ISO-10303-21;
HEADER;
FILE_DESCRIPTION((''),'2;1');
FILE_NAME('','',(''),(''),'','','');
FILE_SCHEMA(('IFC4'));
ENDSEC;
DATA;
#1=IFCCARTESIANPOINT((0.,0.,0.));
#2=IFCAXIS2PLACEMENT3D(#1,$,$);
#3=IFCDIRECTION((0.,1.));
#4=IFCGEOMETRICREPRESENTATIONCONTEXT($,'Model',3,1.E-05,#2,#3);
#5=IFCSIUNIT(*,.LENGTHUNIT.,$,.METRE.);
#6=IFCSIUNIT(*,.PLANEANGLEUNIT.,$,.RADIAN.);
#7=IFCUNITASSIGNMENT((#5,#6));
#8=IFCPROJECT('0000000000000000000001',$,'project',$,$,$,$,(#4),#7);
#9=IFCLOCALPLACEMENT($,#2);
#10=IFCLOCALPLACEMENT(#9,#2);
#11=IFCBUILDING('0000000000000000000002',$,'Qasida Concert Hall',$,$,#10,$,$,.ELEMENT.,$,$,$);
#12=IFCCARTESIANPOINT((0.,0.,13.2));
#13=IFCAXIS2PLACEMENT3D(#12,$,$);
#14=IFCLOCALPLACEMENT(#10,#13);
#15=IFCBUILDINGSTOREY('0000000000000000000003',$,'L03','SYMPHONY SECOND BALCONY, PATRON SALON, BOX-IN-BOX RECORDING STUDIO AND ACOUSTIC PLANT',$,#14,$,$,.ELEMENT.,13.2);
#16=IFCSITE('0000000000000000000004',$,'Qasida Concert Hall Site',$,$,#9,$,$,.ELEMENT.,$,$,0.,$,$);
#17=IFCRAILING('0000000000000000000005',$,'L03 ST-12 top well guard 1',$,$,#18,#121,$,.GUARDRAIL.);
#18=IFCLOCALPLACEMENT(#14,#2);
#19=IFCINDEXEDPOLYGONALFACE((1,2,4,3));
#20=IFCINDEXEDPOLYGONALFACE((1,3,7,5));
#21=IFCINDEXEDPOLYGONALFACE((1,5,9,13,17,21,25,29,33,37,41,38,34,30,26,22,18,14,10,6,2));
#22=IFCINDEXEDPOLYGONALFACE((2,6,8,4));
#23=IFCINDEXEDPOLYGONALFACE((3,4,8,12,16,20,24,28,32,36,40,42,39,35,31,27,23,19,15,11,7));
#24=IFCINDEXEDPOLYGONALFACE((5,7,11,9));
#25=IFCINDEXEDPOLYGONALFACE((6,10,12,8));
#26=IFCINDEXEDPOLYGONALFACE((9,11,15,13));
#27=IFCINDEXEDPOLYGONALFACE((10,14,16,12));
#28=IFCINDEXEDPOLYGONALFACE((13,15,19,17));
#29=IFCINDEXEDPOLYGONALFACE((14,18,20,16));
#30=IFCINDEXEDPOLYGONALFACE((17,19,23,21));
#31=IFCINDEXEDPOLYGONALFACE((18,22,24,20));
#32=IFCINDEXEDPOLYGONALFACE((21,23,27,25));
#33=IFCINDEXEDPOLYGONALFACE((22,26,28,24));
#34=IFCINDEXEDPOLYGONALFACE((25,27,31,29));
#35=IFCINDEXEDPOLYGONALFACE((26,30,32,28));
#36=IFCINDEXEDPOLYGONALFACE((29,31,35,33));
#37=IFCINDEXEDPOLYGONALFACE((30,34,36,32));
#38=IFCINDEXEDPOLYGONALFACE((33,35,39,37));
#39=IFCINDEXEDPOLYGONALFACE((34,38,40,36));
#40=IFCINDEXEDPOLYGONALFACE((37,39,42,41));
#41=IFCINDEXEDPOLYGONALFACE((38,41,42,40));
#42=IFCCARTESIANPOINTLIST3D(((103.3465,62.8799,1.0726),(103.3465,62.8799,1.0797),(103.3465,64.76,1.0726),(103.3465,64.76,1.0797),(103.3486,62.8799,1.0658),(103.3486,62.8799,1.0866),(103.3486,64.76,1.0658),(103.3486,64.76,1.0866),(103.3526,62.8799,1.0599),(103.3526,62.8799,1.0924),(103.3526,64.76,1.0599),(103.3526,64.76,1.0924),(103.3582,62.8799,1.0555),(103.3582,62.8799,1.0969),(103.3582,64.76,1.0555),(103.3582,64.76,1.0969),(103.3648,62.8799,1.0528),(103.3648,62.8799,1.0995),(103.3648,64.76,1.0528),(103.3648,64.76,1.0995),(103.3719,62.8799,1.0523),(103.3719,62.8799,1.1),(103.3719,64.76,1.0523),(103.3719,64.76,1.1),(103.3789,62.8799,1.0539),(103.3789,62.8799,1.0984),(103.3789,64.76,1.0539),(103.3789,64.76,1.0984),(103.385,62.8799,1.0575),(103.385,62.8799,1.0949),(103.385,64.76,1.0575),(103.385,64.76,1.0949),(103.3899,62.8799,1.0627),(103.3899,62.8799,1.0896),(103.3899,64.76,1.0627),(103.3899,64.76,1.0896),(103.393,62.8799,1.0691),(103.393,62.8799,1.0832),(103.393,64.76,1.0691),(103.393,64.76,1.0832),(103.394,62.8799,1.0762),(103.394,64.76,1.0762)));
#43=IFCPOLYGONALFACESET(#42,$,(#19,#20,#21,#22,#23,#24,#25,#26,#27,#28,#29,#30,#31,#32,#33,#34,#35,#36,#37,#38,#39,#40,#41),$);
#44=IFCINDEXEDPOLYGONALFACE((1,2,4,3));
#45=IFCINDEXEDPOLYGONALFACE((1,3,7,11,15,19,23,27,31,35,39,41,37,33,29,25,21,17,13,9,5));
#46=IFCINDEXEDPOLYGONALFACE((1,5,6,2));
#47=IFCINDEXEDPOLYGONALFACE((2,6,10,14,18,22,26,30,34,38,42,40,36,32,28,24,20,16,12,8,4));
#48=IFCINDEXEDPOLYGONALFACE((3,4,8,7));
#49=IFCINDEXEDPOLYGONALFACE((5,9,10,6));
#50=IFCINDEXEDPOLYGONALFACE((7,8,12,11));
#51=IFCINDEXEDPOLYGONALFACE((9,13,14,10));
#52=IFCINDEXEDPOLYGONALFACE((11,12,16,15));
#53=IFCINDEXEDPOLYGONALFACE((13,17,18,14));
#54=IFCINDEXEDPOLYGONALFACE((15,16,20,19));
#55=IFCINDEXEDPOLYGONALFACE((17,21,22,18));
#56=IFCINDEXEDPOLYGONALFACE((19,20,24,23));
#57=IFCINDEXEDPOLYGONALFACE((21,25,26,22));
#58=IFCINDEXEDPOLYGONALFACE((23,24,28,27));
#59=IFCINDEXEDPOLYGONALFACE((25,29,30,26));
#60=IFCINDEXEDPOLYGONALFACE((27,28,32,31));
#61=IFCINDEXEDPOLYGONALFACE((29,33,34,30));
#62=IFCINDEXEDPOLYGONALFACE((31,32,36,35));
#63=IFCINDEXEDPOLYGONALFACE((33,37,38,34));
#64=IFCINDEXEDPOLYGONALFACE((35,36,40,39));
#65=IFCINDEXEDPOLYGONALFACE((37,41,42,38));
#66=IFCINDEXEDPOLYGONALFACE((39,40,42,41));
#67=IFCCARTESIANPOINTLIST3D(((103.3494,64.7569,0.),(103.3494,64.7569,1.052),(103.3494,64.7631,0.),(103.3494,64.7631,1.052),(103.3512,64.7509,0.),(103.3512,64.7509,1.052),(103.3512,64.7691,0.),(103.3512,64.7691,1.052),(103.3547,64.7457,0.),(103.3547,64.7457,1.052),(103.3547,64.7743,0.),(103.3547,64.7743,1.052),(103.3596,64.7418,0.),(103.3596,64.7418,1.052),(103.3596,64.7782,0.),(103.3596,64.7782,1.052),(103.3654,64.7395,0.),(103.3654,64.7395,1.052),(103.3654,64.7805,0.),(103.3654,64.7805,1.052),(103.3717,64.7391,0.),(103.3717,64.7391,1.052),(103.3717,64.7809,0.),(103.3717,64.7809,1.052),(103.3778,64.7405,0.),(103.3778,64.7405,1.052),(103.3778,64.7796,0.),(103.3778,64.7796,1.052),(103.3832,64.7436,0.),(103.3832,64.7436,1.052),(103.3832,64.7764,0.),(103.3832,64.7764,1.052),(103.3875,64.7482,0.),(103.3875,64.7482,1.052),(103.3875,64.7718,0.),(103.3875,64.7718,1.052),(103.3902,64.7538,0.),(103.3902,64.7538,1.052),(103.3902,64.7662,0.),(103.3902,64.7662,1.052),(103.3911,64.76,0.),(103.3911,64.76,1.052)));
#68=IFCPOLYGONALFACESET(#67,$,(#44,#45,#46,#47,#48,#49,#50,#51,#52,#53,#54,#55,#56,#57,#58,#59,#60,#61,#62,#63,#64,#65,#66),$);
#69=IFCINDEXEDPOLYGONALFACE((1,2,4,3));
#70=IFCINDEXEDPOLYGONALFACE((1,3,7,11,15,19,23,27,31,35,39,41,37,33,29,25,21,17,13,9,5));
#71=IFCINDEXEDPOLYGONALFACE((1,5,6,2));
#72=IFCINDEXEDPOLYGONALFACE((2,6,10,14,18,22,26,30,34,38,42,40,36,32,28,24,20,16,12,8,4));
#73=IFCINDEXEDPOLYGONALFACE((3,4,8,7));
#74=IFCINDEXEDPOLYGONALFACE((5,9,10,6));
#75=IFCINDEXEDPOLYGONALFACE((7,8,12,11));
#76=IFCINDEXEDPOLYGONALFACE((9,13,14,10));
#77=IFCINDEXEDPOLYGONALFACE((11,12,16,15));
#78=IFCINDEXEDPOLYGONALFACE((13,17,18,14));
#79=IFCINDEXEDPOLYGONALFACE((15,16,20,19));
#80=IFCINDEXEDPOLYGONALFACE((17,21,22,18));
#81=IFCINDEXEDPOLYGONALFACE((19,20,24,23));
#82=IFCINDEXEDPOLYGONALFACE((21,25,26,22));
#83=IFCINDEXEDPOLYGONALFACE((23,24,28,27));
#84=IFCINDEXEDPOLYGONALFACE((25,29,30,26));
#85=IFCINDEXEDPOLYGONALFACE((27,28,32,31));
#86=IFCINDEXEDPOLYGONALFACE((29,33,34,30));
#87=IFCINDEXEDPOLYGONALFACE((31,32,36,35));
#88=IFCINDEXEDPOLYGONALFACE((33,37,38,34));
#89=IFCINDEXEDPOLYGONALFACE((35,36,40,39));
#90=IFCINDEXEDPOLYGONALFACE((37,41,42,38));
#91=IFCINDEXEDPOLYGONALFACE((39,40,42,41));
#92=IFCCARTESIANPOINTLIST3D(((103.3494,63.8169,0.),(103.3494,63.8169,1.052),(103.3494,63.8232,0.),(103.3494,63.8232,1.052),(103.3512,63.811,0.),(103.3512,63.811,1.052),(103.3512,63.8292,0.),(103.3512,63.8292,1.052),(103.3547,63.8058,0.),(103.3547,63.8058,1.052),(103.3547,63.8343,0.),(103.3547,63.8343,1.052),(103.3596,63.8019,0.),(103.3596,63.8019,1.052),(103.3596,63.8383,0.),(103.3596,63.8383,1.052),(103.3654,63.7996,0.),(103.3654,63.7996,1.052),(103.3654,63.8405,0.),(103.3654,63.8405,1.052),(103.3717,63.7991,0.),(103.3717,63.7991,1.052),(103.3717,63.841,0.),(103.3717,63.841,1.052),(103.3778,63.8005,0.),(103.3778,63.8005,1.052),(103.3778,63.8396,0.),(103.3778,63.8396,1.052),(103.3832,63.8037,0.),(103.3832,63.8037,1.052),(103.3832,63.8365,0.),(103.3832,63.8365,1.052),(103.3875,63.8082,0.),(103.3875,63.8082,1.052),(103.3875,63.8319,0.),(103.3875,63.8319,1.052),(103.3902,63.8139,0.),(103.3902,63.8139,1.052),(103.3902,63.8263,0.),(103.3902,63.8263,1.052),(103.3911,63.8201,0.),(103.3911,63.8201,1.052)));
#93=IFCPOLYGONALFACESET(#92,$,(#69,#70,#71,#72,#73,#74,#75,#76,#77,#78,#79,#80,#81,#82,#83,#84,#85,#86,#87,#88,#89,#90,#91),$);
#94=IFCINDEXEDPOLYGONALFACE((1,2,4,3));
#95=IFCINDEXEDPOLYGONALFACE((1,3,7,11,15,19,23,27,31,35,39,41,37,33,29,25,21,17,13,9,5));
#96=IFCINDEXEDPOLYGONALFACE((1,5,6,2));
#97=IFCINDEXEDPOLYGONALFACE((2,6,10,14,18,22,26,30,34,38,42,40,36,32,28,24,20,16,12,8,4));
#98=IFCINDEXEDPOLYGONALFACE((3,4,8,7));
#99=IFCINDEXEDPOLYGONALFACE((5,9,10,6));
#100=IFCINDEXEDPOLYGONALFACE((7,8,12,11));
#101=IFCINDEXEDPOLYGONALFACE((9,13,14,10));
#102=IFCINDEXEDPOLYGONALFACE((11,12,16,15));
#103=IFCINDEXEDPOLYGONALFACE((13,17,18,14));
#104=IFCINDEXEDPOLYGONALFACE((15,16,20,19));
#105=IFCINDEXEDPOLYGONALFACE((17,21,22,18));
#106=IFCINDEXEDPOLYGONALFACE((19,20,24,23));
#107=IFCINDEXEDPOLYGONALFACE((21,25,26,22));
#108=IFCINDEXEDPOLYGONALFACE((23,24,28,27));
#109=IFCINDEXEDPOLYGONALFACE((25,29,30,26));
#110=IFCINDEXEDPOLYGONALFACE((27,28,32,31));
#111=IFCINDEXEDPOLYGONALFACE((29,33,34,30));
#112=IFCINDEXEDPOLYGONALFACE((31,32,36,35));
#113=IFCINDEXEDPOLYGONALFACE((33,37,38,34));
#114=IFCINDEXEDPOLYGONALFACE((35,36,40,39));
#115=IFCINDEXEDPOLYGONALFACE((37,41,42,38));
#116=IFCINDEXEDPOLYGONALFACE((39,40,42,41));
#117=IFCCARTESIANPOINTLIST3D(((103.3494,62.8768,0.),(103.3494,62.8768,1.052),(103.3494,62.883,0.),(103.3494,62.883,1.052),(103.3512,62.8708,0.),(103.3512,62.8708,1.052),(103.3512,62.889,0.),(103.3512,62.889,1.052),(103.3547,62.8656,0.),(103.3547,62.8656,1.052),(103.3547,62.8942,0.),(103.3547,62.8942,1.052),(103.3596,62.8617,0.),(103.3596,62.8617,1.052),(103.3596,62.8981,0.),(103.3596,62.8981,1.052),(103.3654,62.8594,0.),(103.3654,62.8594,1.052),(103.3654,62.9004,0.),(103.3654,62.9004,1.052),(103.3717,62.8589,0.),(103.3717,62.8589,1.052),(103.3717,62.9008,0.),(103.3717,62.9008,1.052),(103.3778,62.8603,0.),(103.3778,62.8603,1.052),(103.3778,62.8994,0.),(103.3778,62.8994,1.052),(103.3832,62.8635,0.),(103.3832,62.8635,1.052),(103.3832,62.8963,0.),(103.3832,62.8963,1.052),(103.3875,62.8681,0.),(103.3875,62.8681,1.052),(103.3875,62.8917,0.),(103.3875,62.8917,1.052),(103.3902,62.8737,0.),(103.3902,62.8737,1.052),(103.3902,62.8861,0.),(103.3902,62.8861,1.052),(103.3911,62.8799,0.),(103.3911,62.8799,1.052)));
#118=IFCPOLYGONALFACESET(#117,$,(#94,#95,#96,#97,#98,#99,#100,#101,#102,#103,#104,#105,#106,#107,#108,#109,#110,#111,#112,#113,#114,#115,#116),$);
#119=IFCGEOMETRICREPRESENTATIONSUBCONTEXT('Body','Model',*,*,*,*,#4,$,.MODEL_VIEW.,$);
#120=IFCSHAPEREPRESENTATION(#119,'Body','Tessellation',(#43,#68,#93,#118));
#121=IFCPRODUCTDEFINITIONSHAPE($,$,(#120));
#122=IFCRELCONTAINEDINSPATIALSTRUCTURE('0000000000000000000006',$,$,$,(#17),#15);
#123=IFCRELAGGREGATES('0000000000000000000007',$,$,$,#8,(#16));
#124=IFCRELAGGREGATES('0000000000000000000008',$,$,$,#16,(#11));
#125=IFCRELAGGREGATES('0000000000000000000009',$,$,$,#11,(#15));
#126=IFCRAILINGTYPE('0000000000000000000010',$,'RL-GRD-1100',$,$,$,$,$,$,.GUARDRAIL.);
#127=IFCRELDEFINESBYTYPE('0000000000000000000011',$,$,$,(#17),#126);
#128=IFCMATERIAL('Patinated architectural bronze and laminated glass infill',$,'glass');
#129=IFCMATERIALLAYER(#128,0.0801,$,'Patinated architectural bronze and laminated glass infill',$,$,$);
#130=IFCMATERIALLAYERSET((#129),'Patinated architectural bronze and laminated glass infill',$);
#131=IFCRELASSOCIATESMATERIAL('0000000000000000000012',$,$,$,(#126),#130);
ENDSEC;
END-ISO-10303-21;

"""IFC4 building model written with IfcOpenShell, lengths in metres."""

from ifc_helpers import new_model, si_unit, direction, frame, origin, origin_2d, place, context, subcontext, project, spatial, circle, extrude, material, layer, layer_set, type_object, element, save


model = new_model("IFC4")

# Units and contexts
model_context = context("Model", 3, precision=1e-05, world=origin(), true_north=direction((0.0, 1.0)))
body_context = subcontext(model_context, "Body", "Model", "MODEL_VIEW")
ifc_project = project(units=[si_unit("LENGTHUNIT", "METRE"), si_unit("PLANEANGLEUNIT", "RADIAN")], contexts=[model_context])

# Site, building, storey
site_placement = place(None, origin())
site = spatial("IfcSite", under=ifc_project, at=site_placement, Name="Qasida Concert Hall Site", CompositionType="ELEMENT", RefElevation=0.0)
building_placement = place(site_placement, origin())
building = spatial("IfcBuilding", under=site, at=building_placement, Name="Qasida Concert Hall", CompositionType="ELEMENT")
storey_placement = place(building_placement, frame((0.0, 0.0, 13.2)))
storey = spatial("IfcBuildingStorey", under=building, at=storey_placement, Name="L03", Description="SYMPHONY SECOND BALCONY, PATRON SALON, BOX-IN-BOX RECORDING STUDIO AND ACOUSTIC PLANT", CompositionType="ELEMENT", Elevation=13.2)

# Railing
ifc_material_1 = material(Name="Patinated architectural bronze and laminated glass infill", Category="glass")
ifc_layer_1 = layer(ifc_material_1, 0.0801, Name="Patinated architectural bronze and laminated glass infill")
ifc_layer_set_1 = layer_set([ifc_layer_1], Name="Patinated architectural bronze and laminated glass infill")
railing_type = type_object("IfcRailingType", Name="RL-GRD-1100", PredefinedType="GUARDRAIL", material=ifc_layer_set_1)
railing_placement = place(storey_placement, frame((103.3701, 64.76, 0.0)))
element("IfcRailing", 1, at=railing_placement, inside=storey, type_object=railing_type, Name="L03 ST-12 top well guard 1", PredefinedType="GUARDRAIL", context=body_context, shape_type="SweptSolid", body=[
    extrude(circle(Radius=0.0239, at=origin_2d()), frame((0.0, 0.0, 1.0762), z_axis=(0.0, -1.0, 0.0), x_axis=(1.0, 0.0, 0.0)), (0.0, 0.0, 1.0), 1.8801),
    extrude(circle(Radius=0.021, at=origin_2d()), origin(), (0.0, 0.0, 1.0), 1.052),
    extrude(circle(Radius=0.021, at=origin_2d()), frame((0.0, -0.9399, 0.0)), (0.0, 0.0, 1.0), 1.052),
    extrude(circle(Radius=0.021, at=origin_2d()), frame((0.0, -1.8801, 0.0)), (0.0, 0.0, 1.0), 1.052),
])

save(model, "model.ifc")
